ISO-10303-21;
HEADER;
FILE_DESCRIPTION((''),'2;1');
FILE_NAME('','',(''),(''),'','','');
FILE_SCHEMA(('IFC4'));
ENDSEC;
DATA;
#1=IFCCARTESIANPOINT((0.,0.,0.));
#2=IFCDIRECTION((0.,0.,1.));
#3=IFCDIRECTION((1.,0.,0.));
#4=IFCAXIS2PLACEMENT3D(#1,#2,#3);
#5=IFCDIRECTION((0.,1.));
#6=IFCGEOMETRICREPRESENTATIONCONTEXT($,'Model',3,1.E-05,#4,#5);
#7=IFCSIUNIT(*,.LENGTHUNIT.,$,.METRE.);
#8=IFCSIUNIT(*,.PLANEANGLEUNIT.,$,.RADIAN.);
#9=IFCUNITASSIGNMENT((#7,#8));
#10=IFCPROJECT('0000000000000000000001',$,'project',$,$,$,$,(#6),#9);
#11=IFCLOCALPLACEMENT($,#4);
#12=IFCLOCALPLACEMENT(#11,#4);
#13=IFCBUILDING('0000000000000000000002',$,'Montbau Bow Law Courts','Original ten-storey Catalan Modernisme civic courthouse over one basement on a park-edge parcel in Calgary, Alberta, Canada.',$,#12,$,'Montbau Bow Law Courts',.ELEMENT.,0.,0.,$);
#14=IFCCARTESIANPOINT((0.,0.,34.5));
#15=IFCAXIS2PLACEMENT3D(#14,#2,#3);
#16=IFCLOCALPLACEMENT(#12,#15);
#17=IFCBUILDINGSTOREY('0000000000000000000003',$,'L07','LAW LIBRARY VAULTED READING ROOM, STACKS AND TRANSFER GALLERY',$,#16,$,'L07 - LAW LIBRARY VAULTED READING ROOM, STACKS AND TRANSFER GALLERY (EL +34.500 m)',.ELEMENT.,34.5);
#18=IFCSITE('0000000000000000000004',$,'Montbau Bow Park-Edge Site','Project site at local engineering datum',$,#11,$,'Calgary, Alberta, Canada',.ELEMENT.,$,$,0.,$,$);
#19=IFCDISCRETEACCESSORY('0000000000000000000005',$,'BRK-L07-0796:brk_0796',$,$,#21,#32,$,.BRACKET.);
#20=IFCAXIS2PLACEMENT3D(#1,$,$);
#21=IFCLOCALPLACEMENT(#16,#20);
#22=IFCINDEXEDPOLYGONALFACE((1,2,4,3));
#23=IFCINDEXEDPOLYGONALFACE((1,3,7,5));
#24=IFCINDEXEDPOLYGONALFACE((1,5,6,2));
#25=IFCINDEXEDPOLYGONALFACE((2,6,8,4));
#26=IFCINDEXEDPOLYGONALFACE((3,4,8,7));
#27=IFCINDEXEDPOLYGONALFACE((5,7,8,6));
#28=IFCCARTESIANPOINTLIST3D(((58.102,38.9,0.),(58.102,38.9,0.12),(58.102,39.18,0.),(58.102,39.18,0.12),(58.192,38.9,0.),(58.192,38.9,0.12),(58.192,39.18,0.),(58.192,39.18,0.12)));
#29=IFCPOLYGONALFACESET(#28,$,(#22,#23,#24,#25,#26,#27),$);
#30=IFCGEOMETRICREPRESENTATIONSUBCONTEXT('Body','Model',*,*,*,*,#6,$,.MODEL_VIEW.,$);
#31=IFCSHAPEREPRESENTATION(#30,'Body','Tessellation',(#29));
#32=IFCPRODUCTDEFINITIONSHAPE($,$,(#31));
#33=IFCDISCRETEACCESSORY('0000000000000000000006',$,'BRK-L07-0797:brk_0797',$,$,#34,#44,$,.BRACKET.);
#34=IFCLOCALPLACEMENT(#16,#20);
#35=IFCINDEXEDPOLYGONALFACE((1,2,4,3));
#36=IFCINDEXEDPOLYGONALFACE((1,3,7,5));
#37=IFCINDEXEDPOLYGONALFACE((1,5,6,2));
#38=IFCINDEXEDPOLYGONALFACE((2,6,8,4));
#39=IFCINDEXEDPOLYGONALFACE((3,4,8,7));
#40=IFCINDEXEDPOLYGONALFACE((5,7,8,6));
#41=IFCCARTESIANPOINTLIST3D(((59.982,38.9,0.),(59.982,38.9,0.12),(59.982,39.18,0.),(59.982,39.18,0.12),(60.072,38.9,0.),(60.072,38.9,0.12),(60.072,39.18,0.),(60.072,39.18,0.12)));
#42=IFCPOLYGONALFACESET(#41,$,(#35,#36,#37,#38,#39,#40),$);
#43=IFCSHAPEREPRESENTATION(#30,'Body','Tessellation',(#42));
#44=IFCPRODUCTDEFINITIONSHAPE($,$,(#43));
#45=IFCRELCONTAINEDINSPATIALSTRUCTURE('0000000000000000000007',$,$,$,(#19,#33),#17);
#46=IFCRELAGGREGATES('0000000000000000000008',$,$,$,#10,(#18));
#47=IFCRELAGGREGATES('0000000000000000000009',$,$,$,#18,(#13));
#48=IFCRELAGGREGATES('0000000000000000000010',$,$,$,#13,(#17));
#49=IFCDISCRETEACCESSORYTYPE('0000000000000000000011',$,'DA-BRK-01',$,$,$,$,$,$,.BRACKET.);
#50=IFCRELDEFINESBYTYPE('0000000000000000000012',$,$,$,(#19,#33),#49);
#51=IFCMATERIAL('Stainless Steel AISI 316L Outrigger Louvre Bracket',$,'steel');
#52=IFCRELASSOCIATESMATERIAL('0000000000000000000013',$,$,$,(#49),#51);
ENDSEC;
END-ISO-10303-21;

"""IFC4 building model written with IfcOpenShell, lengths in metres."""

from ifc_helpers import new_model, si_unit, direction, frame, origin_with_axes, origin_2d_with_axis, place, context, subcontext, project, spatial, rectangle, extrude, material, type_object, element, save


model = new_model("IFC4")

# Units and contexts
model_context = context("Model", 3, precision=1e-05, world=origin_with_axes(), true_north=direction((0.0, 1.0)))
body_context = subcontext(model_context, "Body", "Model", "MODEL_VIEW")
ifc_project = project(units=[si_unit("LENGTHUNIT", "METRE"), si_unit("PLANEANGLEUNIT", "RADIAN")], contexts=[model_context])

# Site, building, storey
site_placement = place(None, origin_with_axes())
site = spatial("IfcSite", under=ifc_project, at=site_placement, Name="Montbau Bow Park-Edge Site", Description="Project site at local engineering datum", LongName="Calgary, Alberta, Canada", CompositionType="ELEMENT", RefElevation=0.0)
building_placement = place(site_placement, origin_with_axes())
building = spatial("IfcBuilding", under=site, at=building_placement, Name="Montbau Bow Law Courts", Description="Original ten-storey Catalan Modernisme civic courthouse over one basement on a park-edge parcel in Calgary, Alberta, Canada.", LongName="Montbau Bow Law Courts", CompositionType="ELEMENT", ElevationOfRefHeight=0.0, ElevationOfTerrain=0.0)
storey_placement = place(building_placement, frame((0.0, 0.0, 34.5), z_axis=(0.0, 0.0, 1.0), x_axis=(1.0, 0.0, 0.0)))
storey = spatial("IfcBuildingStorey", under=building, at=storey_placement, Name="L07", Description="LAW LIBRARY VAULTED READING ROOM, STACKS AND TRANSFER GALLERY", LongName="L07 - LAW LIBRARY VAULTED READING ROOM, STACKS AND TRANSFER GALLERY (EL +34.500 m)", CompositionType="ELEMENT", Elevation=34.5)

# Discrete accessories
ifc_material_1 = material(Name="Stainless Steel AISI 316L Outrigger Louvre Bracket", Category="steel")
discrete_accessory_type = type_object("IfcDiscreteAccessoryType", Name="DA-BRK-01", PredefinedType="BRACKET", material=ifc_material_1)
for number, where, z_axis, x_axis, name in (
    (1, (58.147, 39.04, 34.5), (0.0, 0.0, 1.0), (0.0, -1.0, 0.0), "BRK-L07-0796:brk_0796"),
    (2, (60.027, 39.04, 34.5), (0.0, 0.0, 1.0), (0.0, -1.0, 0.0), "BRK-L07-0797:brk_0797"),
):
    element("IfcDiscreteAccessory", number, at=place(None, frame(where, z_axis=z_axis, x_axis=x_axis)), inside=storey, type_object=discrete_accessory_type, Name=name, PredefinedType="BRACKET", context=body_context, shape_type="SweptSolid", body=[
        extrude(rectangle(XDim=0.28, YDim=0.09, at=origin_2d_with_axis()), origin_with_axes(), (0.0, 0.0, 1.0), 0.12),
    ])

save(model, "model.ifc")
